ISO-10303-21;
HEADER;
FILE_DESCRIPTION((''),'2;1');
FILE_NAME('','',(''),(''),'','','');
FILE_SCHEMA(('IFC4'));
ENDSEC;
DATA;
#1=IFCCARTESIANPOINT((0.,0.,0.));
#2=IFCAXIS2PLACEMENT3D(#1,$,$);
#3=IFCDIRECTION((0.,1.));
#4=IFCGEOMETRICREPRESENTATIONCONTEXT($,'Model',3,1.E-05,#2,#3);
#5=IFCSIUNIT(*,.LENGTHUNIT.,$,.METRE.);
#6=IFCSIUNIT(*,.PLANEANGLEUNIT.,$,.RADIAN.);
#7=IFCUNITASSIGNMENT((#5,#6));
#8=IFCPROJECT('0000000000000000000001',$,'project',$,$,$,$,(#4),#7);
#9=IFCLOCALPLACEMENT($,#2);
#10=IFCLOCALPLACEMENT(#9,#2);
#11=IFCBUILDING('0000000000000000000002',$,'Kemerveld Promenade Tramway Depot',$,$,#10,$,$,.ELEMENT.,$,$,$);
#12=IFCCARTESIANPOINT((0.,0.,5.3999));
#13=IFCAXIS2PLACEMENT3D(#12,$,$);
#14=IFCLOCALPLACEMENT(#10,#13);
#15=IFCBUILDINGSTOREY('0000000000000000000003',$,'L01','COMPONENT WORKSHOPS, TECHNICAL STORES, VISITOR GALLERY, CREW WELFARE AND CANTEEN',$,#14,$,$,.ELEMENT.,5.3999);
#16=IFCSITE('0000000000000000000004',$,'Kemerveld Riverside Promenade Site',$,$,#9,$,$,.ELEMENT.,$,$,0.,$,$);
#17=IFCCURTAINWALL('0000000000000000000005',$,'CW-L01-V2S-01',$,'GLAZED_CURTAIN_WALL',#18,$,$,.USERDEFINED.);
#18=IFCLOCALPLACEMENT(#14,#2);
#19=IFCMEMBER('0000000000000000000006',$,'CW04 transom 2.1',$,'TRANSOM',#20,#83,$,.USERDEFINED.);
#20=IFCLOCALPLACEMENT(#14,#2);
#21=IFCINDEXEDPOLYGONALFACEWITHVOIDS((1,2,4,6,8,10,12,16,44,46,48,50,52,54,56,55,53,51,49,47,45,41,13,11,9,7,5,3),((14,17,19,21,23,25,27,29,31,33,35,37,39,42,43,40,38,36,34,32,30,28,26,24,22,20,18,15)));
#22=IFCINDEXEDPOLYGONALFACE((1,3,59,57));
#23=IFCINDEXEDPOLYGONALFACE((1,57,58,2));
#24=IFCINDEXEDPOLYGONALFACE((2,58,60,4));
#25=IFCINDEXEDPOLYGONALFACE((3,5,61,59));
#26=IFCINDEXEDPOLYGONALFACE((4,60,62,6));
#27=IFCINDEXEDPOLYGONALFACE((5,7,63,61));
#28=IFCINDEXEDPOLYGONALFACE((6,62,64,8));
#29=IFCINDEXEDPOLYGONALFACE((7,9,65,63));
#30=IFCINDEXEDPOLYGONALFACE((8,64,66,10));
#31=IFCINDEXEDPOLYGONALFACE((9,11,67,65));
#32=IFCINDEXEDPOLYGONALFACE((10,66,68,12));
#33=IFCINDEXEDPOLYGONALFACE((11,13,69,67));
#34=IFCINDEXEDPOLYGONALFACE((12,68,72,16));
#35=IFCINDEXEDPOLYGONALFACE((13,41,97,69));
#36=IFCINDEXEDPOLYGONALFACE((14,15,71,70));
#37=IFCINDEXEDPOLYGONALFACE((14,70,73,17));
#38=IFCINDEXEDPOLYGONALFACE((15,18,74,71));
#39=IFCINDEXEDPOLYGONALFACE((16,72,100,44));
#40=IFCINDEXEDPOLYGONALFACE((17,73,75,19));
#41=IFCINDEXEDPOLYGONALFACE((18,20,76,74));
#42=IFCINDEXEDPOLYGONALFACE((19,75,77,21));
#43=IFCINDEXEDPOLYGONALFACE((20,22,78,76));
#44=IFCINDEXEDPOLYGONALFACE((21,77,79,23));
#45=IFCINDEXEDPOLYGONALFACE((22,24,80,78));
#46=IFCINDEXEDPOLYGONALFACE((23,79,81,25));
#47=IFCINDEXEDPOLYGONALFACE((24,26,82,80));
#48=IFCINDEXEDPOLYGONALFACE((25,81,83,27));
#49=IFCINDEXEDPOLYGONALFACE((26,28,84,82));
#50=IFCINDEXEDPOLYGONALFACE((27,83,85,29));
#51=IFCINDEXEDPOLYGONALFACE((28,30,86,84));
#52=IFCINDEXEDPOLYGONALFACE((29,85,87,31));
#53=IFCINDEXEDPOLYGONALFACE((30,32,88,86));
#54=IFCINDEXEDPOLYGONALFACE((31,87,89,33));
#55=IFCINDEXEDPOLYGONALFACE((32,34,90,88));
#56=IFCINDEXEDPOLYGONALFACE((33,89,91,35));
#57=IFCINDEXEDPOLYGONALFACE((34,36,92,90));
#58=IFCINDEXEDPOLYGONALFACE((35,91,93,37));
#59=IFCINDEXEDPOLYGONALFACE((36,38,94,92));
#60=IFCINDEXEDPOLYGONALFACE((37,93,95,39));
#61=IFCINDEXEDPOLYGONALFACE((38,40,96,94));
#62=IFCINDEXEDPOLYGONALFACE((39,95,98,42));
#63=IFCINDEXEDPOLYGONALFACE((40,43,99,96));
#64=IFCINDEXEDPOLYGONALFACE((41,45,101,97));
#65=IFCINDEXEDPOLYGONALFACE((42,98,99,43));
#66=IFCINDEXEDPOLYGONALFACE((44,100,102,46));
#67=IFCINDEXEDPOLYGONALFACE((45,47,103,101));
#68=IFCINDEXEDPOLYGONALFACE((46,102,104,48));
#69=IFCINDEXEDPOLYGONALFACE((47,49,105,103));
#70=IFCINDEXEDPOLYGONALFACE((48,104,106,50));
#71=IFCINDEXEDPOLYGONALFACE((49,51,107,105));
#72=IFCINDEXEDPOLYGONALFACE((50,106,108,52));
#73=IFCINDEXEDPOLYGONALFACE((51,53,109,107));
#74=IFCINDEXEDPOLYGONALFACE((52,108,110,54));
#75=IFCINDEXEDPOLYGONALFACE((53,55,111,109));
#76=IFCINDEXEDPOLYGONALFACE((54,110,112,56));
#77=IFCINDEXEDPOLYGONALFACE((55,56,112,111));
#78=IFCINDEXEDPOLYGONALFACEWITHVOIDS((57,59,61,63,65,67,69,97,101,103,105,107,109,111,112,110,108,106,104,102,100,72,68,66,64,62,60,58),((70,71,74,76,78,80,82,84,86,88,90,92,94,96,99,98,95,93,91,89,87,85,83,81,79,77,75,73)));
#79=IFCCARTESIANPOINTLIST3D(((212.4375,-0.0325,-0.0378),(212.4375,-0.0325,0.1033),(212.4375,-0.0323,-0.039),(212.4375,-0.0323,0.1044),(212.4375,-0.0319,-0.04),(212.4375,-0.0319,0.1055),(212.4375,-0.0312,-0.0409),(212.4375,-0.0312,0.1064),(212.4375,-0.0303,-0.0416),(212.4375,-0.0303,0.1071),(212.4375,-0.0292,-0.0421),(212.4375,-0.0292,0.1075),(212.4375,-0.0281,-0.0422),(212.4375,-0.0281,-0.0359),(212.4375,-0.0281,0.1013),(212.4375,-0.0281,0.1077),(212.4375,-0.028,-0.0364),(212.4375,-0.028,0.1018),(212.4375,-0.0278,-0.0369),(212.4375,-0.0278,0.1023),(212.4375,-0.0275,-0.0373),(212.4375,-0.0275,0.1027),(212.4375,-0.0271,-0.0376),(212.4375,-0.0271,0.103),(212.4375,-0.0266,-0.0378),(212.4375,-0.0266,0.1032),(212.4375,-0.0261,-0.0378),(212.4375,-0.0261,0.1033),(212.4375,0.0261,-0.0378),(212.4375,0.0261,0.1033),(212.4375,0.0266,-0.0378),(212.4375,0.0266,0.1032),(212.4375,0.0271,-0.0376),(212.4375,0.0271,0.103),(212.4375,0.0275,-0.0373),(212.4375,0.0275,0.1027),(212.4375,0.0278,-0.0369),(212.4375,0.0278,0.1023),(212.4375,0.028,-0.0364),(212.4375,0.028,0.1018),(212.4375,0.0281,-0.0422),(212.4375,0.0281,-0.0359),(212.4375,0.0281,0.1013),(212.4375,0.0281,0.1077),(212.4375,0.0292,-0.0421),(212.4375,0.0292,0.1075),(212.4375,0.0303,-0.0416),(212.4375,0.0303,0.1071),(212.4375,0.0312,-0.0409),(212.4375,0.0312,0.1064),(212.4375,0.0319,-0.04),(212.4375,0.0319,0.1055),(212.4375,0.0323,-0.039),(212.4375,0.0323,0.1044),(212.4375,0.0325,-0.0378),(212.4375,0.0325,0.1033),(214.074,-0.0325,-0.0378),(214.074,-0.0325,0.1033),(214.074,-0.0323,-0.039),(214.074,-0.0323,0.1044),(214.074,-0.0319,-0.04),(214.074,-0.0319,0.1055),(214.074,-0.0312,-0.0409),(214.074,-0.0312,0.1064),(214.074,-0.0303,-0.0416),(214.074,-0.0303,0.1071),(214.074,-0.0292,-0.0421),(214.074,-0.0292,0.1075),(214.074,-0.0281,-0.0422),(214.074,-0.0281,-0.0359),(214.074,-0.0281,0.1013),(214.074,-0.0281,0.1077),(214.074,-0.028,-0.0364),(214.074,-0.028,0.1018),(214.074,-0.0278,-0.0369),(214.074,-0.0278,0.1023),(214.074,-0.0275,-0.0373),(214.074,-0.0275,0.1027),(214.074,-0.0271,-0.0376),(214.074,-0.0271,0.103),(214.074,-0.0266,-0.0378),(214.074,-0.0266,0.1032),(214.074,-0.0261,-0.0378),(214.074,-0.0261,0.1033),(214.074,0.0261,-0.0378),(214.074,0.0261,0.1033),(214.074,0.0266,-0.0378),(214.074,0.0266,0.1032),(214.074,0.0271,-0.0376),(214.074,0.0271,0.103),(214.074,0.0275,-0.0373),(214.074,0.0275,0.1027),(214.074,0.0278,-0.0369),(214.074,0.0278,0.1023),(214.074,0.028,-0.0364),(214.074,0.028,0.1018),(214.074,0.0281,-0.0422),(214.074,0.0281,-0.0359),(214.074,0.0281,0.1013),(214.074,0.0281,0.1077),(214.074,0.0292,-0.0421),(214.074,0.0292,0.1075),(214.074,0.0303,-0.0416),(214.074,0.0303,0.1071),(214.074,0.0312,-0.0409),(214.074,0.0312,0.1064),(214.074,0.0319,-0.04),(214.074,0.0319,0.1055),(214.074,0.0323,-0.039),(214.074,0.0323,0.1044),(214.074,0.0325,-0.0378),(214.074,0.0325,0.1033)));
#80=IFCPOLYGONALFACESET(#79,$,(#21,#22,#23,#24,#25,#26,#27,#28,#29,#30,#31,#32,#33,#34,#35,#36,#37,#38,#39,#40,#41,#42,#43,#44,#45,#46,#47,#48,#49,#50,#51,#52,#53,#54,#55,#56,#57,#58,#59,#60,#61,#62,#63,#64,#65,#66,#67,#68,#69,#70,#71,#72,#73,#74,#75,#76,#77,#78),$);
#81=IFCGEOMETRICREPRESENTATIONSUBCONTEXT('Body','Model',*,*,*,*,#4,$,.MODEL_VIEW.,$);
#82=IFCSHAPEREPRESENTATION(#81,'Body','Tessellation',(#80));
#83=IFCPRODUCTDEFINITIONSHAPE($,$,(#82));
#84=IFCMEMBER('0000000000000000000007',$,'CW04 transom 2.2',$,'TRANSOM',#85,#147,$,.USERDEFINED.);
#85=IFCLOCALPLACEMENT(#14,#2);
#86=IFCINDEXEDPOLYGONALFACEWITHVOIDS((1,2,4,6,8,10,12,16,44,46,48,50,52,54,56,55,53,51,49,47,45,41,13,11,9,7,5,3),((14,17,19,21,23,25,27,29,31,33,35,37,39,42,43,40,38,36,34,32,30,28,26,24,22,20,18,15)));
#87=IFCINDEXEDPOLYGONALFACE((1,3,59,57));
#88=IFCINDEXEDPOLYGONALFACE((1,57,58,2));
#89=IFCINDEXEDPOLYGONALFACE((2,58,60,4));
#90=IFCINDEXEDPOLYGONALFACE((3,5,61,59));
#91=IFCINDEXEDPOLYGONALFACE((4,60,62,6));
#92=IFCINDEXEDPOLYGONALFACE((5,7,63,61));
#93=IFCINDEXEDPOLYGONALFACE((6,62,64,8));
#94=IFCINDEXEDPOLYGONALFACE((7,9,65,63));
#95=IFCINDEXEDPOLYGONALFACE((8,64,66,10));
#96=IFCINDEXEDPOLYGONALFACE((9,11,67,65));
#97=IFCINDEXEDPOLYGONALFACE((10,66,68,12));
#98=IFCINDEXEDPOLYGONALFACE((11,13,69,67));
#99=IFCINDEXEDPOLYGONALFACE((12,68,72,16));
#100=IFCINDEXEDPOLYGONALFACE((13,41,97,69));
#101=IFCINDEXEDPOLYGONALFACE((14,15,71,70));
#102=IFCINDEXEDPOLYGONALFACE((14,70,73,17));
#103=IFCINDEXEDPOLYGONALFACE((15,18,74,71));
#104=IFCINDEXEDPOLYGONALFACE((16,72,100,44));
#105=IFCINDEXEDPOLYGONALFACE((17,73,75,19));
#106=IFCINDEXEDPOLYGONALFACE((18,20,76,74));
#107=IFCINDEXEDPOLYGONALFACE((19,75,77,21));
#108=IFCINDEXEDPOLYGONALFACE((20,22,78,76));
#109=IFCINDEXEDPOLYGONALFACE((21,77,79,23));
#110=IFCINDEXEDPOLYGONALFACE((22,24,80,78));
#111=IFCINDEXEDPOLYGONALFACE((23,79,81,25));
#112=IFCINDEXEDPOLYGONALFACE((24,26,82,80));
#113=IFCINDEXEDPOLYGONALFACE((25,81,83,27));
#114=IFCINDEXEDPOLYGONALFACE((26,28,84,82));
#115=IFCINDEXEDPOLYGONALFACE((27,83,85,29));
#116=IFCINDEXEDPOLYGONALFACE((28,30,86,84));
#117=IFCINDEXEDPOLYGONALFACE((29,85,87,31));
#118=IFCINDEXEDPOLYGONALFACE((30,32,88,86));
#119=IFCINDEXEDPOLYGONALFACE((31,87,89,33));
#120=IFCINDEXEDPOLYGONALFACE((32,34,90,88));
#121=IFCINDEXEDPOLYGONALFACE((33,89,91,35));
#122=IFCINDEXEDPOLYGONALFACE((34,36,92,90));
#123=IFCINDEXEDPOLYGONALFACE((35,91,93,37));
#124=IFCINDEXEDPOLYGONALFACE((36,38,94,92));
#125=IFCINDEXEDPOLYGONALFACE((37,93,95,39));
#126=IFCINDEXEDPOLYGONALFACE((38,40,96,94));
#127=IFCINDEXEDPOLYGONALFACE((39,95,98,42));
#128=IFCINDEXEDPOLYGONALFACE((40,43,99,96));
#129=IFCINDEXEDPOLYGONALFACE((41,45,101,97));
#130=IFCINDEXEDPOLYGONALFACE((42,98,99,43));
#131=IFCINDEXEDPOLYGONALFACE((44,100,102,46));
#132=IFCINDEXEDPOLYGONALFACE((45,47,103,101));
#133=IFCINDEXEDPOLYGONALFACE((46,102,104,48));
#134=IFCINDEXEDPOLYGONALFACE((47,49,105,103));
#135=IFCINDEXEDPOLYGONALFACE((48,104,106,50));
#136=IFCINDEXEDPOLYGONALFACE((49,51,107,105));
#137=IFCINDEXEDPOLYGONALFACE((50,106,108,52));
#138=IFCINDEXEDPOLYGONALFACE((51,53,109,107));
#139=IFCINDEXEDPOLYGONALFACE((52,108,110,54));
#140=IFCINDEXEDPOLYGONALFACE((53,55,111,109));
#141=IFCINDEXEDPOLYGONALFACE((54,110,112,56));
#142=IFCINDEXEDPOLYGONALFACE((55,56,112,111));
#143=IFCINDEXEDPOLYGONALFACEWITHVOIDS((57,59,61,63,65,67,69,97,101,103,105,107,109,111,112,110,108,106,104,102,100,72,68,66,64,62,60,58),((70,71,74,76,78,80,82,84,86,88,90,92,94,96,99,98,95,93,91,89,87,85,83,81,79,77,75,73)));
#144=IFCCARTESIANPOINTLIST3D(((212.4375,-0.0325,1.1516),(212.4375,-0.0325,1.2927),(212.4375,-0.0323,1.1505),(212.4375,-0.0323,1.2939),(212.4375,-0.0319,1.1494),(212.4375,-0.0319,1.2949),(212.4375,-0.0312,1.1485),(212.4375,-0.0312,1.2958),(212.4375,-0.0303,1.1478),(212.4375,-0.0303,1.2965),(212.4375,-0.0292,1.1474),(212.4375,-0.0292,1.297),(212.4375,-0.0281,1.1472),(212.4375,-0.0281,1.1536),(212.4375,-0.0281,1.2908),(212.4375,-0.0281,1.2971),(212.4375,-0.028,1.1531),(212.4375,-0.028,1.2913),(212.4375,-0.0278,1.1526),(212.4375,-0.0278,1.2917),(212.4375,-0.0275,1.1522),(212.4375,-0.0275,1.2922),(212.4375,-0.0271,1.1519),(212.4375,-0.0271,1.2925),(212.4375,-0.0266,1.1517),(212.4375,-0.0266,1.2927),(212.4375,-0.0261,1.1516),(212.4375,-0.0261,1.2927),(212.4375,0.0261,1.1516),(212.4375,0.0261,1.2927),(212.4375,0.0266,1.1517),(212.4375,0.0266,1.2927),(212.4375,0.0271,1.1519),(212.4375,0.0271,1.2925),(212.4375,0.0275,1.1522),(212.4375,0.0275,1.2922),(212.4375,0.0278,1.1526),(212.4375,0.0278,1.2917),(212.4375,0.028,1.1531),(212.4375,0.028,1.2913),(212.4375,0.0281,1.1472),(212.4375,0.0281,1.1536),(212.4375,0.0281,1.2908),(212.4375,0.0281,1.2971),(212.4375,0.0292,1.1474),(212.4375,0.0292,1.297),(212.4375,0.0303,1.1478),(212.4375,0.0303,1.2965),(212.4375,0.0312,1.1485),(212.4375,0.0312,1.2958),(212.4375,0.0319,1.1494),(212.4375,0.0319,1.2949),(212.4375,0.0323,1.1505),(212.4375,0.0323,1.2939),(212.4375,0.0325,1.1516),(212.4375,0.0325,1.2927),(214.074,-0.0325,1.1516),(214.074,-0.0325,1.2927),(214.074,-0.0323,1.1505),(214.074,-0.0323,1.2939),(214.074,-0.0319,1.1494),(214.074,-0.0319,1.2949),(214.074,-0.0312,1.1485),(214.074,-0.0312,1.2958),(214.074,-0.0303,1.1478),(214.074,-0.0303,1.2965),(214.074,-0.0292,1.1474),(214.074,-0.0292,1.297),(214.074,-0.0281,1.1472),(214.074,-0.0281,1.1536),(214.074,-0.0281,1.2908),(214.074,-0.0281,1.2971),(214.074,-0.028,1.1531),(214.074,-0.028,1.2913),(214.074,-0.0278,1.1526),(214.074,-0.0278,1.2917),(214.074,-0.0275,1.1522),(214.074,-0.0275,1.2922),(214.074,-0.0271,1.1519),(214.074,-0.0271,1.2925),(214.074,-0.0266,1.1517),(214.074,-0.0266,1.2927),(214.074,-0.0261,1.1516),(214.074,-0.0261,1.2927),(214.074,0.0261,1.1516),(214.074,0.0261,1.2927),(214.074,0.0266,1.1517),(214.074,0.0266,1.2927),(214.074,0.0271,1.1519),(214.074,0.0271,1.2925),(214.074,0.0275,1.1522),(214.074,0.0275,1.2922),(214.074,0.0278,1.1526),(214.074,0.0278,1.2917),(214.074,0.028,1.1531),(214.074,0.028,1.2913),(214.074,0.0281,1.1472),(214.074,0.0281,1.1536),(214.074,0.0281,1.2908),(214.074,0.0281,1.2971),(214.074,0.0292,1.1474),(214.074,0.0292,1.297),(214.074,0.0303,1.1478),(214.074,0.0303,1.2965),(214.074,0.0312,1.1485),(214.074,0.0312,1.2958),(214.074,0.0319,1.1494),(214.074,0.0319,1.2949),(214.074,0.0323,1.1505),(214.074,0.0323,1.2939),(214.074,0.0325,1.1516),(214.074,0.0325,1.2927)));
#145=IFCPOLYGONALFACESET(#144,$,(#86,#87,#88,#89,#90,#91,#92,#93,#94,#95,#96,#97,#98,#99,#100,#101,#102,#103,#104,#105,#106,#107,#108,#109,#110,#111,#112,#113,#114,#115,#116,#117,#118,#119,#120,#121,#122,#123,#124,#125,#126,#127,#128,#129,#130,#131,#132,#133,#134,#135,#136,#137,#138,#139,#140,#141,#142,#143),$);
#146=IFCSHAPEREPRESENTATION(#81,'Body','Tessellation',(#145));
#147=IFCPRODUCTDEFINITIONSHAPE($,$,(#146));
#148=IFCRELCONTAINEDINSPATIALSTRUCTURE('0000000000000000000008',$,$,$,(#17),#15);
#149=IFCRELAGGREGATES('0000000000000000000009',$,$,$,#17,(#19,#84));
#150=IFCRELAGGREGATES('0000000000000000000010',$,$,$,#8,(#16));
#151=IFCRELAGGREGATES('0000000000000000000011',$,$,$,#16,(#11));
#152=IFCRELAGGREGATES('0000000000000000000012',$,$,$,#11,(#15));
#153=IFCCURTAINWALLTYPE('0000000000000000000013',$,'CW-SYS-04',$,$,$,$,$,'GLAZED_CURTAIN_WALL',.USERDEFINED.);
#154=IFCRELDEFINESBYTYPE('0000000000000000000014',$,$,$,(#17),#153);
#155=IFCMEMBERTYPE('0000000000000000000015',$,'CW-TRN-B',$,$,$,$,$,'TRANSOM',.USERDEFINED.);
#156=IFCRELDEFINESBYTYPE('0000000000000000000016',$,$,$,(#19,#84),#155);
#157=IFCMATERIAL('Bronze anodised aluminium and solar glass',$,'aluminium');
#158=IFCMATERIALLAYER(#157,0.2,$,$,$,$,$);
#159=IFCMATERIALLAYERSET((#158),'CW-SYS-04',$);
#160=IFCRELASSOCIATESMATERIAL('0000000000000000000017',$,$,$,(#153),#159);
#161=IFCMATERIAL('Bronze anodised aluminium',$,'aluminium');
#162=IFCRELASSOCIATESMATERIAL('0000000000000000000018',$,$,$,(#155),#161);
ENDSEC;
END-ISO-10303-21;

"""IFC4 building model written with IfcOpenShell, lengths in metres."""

from ifc_helpers import new_model, si_unit, direction, frame, origin, origin_2d, place, context, subcontext, project, spatial, hollow_rectangle, extrude, material, layer, layer_set, material_profile, profile_set, type_object, element, aggregate, save


model = new_model("IFC4")

# Units and contexts
model_context = context("Model", 3, precision=1e-05, world=origin(), true_north=direction((0.0, 1.0)))
body_context = subcontext(model_context, "Body", "Model", "MODEL_VIEW")
ifc_project = project(units=[si_unit("LENGTHUNIT", "METRE"), si_unit("PLANEANGLEUNIT", "RADIAN")], contexts=[model_context])

# Site, building, storey
site_placement = place(None, origin())
site = spatial("IfcSite", under=ifc_project, at=site_placement, Name="Kemerveld Riverside Promenade Site", CompositionType="ELEMENT", RefElevation=0.0)
building_placement = place(site_placement, origin())
building = spatial("IfcBuilding", under=site, at=building_placement, Name="Kemerveld Promenade Tramway Depot", CompositionType="ELEMENT")
storey_placement = place(building_placement, frame((0.0, 0.0, 5.3999)))
storey = spatial("IfcBuildingStorey", under=building, at=storey_placement, Name="L01", Description="COMPONENT WORKSHOPS, TECHNICAL STORES, VISITOR GALLERY, CREW WELFARE AND CANTEEN", CompositionType="ELEMENT", Elevation=5.3999)

# Shared definitions
ifc_material_1 = material(Name="Bronze anodised aluminium and solar glass", Category="aluminium")
ifc_material_2 = material(Name="Bronze anodised aluminium", Category="aluminium")

# Curtain wall, members
ifc_layer_1 = layer(ifc_material_1, 0.2)
ifc_layer_set_1 = layer_set([ifc_layer_1], Name="CW-SYS-04")
curtain_wall_type_1 = type_object("IfcCurtainWallType", Name="CW-SYS-04", ElementType="GLAZED_CURTAIN_WALL", PredefinedType="USERDEFINED", material=ifc_layer_set_1)
curtain_wall_1_placement = place(storey_placement, origin())
curtain_wall_1 = element("IfcCurtainWall", 1, at=curtain_wall_1_placement, inside=storey, type_object=curtain_wall_type_1, Name="CW-L01-V2S-01", ObjectType="GLAZED_CURTAIN_WALL", PredefinedType="USERDEFINED")
ifc_material_profile_1 = material_profile(ifc_material_2, hollow_rectangle(XDim=0.0649, YDim=0.1499, WallThickness=0.0044, InnerFilletRadius=0.002, OuterFilletRadius=0.0044, at=origin_2d()), Name="CW-TRN-150x65")
ifc_profile_set_1 = profile_set([ifc_material_profile_1], Name="Bronze anodised aluminium")
member_type_1 = type_object("IfcMemberType", Name="CW-TRN-B", ElementType="TRANSOM", PredefinedType="USERDEFINED", material=ifc_profile_set_1)
member_1_placement = place(storey_placement, frame((214.074, 0.0, 0.0327), z_axis=(-1.0, 0.0, 0.0), x_axis=(0.0, -1.0, 0.0)))
member_1 = element("IfcMember", 2, at=member_1_placement, type_object=member_type_1, Name="CW04 transom 2.1", ObjectType="TRANSOM", PredefinedType="USERDEFINED", context=body_context, shape_type="SweptSolid", body=[
    extrude(hollow_rectangle(XDim=0.0649, YDim=0.1499, WallThickness=0.0044, InnerFilletRadius=0.002, OuterFilletRadius=0.0044, at=origin_2d()), origin(), (0.0, 0.0, 1.0), 1.6365),
])
member_2_placement = place(storey_placement, frame((214.074, 0.0, 1.2222), z_axis=(-1.0, 0.0, 0.0), x_axis=(0.0, -1.0, 0.0)))
member_2 = element("IfcMember", 3, at=member_2_placement, type_object=member_type_1, Name="CW04 transom 2.2", ObjectType="TRANSOM", PredefinedType="USERDEFINED", context=body_context, shape_type="SweptSolid", body=[
    extrude(hollow_rectangle(XDim=0.0649, YDim=0.1499, WallThickness=0.0044, InnerFilletRadius=0.002, OuterFilletRadius=0.0044, at=origin_2d()), origin(), (0.0, 0.0, 1.0), 1.6365),
])

aggregate(curtain_wall_1, [member_1, member_2])

save(model, "model.ifc")
